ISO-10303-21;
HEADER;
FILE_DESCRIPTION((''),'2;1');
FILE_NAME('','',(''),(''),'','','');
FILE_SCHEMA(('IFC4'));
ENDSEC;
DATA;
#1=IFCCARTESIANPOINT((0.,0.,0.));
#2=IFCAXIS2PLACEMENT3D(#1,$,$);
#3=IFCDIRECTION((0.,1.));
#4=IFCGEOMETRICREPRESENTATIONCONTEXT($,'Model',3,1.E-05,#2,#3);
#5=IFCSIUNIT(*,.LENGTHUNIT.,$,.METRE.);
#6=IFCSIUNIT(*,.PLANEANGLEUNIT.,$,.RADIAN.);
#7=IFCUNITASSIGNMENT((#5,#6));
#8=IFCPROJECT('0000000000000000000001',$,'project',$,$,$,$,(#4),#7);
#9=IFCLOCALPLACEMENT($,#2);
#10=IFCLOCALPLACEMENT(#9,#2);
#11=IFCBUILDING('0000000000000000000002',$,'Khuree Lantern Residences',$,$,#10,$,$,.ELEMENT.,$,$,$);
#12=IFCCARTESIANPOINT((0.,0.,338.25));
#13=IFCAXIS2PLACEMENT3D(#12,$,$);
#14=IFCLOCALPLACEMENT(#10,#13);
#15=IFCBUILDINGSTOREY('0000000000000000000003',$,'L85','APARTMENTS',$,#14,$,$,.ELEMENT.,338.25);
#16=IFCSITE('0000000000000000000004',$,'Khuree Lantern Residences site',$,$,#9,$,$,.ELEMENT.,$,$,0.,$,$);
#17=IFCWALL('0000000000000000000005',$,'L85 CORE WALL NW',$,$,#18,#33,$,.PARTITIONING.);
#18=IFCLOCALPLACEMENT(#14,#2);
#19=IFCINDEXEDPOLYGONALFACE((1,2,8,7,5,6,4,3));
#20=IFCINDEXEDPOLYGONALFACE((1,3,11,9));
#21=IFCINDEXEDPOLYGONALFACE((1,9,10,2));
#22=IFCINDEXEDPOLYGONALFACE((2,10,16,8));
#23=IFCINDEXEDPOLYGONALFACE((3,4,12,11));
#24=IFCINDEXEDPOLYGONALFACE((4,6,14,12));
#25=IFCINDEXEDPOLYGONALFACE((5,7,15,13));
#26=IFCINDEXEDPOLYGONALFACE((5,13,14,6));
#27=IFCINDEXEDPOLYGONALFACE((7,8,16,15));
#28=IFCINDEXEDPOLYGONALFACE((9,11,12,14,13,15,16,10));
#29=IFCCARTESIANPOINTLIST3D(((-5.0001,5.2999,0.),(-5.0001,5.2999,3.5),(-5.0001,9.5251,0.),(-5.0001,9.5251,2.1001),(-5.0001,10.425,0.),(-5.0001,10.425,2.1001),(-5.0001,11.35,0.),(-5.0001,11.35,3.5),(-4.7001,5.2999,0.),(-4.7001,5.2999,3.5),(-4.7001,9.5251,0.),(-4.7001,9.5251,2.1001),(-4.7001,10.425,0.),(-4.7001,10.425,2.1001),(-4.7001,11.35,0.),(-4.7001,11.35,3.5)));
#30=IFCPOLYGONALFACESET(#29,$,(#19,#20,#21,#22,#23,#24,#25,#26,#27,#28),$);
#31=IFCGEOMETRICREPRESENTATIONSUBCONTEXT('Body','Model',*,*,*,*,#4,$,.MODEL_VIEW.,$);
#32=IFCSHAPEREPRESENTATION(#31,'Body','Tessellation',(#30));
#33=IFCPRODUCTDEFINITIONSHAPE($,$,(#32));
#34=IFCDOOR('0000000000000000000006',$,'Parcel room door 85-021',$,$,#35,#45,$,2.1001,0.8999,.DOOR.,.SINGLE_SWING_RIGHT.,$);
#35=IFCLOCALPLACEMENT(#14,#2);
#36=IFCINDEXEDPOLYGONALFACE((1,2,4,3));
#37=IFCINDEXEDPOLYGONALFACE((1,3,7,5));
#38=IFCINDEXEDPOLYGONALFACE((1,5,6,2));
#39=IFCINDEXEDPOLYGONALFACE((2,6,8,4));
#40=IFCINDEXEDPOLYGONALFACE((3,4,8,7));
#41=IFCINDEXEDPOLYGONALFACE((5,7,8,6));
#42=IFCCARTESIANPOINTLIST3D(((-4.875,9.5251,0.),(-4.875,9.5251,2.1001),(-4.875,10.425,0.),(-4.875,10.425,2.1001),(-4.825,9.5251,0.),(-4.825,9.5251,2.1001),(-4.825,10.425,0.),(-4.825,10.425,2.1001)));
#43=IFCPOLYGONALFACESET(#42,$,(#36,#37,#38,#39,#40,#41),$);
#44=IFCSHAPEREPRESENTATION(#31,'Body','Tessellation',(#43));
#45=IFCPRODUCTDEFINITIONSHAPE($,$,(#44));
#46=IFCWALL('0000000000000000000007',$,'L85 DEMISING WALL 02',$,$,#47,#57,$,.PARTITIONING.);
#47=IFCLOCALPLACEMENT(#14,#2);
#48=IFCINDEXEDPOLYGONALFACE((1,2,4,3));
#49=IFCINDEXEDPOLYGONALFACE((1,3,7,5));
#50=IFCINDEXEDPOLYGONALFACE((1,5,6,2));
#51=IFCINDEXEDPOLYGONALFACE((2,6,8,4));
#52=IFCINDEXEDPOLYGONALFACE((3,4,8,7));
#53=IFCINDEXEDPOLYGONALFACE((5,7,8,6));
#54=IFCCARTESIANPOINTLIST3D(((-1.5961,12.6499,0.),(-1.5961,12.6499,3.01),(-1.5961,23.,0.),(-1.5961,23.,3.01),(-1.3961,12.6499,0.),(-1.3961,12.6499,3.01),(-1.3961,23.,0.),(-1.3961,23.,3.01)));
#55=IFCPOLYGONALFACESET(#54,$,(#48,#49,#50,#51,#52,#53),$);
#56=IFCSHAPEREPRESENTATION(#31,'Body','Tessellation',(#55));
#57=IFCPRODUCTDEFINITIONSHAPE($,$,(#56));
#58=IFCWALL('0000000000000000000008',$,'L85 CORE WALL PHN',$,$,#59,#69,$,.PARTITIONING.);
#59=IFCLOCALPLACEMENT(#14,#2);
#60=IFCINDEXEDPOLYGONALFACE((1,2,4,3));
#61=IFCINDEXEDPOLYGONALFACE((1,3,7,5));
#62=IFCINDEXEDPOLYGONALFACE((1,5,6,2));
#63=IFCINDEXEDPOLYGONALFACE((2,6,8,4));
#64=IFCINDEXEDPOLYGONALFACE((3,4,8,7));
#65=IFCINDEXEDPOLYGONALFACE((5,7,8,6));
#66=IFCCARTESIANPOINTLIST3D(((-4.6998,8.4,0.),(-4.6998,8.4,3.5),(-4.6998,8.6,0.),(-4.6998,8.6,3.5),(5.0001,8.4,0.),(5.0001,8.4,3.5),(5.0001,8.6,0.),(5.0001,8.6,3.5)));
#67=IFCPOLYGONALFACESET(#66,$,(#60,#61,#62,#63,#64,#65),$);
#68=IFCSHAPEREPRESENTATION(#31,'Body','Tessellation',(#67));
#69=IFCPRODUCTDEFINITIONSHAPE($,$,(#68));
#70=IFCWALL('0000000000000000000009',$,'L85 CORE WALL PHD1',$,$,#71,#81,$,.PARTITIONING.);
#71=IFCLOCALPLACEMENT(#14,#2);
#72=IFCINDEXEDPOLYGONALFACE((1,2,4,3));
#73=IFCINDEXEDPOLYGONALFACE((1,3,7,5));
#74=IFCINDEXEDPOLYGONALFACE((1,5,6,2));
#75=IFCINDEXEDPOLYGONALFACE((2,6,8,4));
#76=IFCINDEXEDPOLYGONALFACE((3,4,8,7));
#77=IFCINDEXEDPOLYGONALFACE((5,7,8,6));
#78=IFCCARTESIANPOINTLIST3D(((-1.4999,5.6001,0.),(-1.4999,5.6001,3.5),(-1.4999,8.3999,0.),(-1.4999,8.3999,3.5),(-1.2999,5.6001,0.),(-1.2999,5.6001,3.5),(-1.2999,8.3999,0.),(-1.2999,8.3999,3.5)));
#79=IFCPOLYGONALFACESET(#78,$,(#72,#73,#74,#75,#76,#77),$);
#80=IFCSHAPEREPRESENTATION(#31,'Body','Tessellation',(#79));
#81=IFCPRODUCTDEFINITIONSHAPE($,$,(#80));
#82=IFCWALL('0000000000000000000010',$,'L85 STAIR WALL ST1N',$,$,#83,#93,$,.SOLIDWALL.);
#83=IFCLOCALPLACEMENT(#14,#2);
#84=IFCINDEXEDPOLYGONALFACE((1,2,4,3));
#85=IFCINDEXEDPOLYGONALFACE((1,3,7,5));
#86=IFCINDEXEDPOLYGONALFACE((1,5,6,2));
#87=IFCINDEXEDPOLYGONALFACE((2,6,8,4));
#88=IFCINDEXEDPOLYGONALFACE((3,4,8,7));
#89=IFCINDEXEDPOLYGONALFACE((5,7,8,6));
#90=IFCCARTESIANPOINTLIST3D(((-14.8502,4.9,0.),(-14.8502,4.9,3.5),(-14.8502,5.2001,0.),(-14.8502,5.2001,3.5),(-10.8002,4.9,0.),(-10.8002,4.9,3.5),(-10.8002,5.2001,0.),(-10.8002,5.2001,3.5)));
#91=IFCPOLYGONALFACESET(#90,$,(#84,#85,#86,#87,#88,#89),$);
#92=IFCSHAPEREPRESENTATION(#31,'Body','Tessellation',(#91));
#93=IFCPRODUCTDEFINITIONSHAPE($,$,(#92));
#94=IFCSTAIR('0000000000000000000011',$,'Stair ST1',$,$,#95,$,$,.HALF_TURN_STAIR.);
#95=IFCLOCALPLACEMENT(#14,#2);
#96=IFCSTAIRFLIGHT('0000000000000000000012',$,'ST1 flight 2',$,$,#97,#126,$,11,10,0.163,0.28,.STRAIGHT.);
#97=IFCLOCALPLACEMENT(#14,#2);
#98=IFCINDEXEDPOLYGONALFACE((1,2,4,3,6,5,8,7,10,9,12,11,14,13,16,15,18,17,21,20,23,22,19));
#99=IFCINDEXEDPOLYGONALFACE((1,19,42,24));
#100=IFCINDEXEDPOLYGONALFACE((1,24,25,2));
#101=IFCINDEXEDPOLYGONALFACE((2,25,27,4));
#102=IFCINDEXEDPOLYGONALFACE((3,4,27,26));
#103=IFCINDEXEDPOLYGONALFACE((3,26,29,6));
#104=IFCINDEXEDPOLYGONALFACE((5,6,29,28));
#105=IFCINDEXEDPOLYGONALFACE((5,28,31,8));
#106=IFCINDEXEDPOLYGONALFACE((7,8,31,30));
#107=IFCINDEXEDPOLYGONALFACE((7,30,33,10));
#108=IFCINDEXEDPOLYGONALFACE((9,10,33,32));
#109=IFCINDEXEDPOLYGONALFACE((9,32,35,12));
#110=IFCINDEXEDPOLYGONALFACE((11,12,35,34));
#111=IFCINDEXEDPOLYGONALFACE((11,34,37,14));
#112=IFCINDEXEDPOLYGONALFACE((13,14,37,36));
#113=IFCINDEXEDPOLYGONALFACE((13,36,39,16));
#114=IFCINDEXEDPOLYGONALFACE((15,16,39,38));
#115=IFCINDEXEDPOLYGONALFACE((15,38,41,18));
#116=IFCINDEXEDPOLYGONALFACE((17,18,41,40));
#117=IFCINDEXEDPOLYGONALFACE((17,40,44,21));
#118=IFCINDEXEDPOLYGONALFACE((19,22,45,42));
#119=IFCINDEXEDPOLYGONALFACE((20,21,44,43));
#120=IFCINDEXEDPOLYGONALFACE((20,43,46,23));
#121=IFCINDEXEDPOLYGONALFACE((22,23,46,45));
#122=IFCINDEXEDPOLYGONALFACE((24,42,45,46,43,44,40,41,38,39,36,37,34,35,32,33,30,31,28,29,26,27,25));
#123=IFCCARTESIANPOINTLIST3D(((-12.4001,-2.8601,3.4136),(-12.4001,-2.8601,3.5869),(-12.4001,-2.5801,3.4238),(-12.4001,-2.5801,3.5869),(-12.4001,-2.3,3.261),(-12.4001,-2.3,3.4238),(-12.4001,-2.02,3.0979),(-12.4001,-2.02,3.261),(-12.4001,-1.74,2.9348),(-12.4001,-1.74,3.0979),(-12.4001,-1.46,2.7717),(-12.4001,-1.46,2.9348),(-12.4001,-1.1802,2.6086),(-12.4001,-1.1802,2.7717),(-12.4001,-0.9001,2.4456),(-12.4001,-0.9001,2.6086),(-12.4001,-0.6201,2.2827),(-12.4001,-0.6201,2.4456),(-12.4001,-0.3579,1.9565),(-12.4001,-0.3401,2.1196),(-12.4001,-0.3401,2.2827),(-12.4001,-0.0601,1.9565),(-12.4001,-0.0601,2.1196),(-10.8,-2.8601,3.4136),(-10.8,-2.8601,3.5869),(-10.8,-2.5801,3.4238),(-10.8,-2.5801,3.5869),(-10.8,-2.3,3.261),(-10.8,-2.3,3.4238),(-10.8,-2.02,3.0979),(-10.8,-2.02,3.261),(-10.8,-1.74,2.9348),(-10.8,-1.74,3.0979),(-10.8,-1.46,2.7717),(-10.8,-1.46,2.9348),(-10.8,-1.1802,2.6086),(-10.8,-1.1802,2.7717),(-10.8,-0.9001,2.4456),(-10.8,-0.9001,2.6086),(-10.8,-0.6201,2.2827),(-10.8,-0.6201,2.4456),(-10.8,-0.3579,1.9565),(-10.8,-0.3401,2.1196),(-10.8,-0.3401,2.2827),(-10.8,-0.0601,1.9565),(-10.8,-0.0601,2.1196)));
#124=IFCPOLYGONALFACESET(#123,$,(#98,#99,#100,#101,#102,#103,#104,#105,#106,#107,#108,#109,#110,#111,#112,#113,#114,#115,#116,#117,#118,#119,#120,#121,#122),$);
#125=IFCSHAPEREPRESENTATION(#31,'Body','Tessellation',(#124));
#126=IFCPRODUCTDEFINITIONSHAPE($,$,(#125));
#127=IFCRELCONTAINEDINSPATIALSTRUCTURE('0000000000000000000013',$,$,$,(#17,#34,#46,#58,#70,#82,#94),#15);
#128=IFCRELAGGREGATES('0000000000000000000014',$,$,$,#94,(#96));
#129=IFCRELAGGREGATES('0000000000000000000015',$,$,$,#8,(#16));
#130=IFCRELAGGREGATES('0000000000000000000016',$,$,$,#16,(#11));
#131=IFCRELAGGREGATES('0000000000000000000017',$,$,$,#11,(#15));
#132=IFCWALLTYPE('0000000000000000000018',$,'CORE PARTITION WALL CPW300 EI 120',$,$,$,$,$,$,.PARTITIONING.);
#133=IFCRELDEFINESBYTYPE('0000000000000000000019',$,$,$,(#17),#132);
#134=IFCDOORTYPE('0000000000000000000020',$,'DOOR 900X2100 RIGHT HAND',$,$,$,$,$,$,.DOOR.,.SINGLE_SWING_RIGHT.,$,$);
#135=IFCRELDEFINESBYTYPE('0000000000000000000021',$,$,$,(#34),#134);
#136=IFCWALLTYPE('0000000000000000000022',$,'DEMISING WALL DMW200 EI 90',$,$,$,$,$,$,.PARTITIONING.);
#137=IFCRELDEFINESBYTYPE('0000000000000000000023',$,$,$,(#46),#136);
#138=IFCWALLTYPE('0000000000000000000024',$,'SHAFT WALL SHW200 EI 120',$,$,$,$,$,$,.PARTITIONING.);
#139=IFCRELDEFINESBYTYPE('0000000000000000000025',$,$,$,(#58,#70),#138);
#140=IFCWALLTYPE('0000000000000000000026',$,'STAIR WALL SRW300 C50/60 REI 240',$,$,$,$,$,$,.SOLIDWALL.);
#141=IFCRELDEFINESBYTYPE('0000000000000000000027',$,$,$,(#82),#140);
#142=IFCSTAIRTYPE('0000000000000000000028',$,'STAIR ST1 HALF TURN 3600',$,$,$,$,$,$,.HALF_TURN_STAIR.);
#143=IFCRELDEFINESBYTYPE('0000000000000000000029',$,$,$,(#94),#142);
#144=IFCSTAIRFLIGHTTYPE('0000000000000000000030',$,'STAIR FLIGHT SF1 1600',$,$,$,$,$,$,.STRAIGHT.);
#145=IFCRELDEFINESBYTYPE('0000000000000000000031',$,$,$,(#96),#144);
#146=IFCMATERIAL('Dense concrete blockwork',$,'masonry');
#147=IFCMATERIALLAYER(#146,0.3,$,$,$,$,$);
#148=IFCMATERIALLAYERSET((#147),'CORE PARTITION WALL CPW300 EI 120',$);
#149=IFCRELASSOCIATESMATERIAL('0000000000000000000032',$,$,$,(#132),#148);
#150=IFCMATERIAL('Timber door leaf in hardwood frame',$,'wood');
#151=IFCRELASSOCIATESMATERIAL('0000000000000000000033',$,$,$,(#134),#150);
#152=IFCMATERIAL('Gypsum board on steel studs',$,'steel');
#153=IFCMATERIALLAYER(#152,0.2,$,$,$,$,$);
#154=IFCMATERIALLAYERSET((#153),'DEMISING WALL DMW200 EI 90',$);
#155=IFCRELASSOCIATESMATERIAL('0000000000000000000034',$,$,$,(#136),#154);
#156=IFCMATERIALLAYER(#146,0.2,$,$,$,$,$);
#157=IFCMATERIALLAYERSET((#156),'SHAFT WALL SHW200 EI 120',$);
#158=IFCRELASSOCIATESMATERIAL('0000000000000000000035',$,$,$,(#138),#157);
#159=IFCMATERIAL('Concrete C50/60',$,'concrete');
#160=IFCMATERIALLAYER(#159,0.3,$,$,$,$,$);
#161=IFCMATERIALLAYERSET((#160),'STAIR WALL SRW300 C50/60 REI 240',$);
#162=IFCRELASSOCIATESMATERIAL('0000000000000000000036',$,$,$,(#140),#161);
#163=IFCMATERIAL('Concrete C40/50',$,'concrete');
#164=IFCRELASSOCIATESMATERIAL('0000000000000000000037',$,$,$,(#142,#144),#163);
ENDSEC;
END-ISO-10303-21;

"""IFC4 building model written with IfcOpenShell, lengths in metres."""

from ifc_helpers import new_model, si_unit, direction, frame, frame_2d, origin, place, context, subcontext, project, spatial, polyline, rectangle, outline, extrude, material, layer, layer_set, type_object, element, fill, aggregate, save


model = new_model("IFC4")

# Units and contexts
model_context = context("Model", 3, precision=1e-05, world=origin(), true_north=direction((0.0, 1.0)))
body_context = subcontext(model_context, "Body", "Model", "MODEL_VIEW")
ifc_project = project(units=[si_unit("LENGTHUNIT", "METRE"), si_unit("PLANEANGLEUNIT", "RADIAN")], contexts=[model_context])

# Site, building, storey
site_placement = place(None, origin())
site = spatial("IfcSite", under=ifc_project, at=site_placement, Name="Khuree Lantern Residences site", CompositionType="ELEMENT", RefElevation=0.0)
building_placement = place(site_placement, origin())
building = spatial("IfcBuilding", under=site, at=building_placement, Name="Khuree Lantern Residences", CompositionType="ELEMENT")
storey_placement = place(building_placement, frame((0.0, 0.0, 338.25)))
storey = spatial("IfcBuildingStorey", under=building, at=storey_placement, Name="L85", Description="APARTMENTS", CompositionType="ELEMENT", Elevation=338.25)

# Shared definitions
ifc_material_1 = material(Name="Dense concrete blockwork", Category="masonry")
ifc_layer_1 = layer(ifc_material_1, 0.3)
ifc_layer_set_1 = layer_set([ifc_layer_1], Name="CORE PARTITION WALL CPW300 EI 120")
wall_type_1 = type_object("IfcWallType", Name="CORE PARTITION WALL CPW300 EI 120", PredefinedType="PARTITIONING", material=ifc_layer_set_1)

# Shared definitions
ifc_material_2 = material(Name="Timber door leaf in hardwood frame", Category="wood")
door_type_1 = type_object("IfcDoorType", Name="DOOR 900X2100 RIGHT HAND", OperationType="SINGLE_SWING_RIGHT", PredefinedType="DOOR", material=ifc_material_2)

# Wall, opening, door
wall_1_placement = place(storey_placement, frame((-4.8501, 5.3, 0.0), z_axis=(0.0, 0.0, 1.0), x_axis=(0.0, 1.0, 0.0)))
wall_1 = element("IfcWall", 1, at=wall_1_placement, inside=storey, type_object=wall_type_1, Name="L85 CORE WALL NW", PredefinedType="PARTITIONING", context=body_context, shape_type="SweptSolid", body=[
    extrude(rectangle(XDim=6.05, YDim=0.3, at=frame_2d((3.0249, 0.0))), origin(), (0.0, 0.0, 1.0), 3.5),
])
opening_1_placement = place(wall_1_placement, frame((4.2251, 0.0, 0.0)))
opening_1 = element("IfcOpeningElement", 2, at=opening_1_placement, cuts=wall_1, PredefinedType="OPENING", context=body_context, shape_type="SweptSolid", body=[
    extrude(rectangle(XDim=0.8999, YDim=2.1001, at=frame_2d((0.45, 1.05))), frame((0.0, 0.1602, 0.0), z_axis=(0.0, -1.0, 0.0), x_axis=(1.0, 0.0, 0.0)), (0.0, 0.0, 1.0), 0.3201),
])
door_1_placement = place(opening_1_placement, origin())
door_1 = element("IfcDoor", 3, at=door_1_placement, inside=storey, type_object=door_type_1, Name="Parcel room door 85-021", OperationType="SINGLE_SWING_RIGHT", OverallHeight=2.1001, OverallWidth=0.8999, PredefinedType="DOOR", context=body_context, shape_type="SweptSolid", body=[
    extrude(rectangle(XDim=0.8999, YDim=2.1001, at=frame_2d((0.45, 1.05))), frame((0.0, 0.0249, 0.0), z_axis=(0.0, -1.0, 0.0), x_axis=(1.0, 0.0, 0.0)), (0.0, 0.0, 1.0), 0.05),
])
fill(opening_1, door_1)

# Walls
ifc_material_3 = material(Name="Gypsum board on steel studs", Category="steel")
ifc_layer_2 = layer(ifc_material_3, 0.2)
ifc_layer_set_2 = layer_set([ifc_layer_2], Name="DEMISING WALL DMW200 EI 90")
wall_type_2 = type_object("IfcWallType", Name="DEMISING WALL DMW200 EI 90", PredefinedType="PARTITIONING", material=ifc_layer_set_2)
wall_2_placement = place(storey_placement, frame((-1.4961, 12.6499, 0.0), z_axis=(0.0, 0.0, 1.0), x_axis=(0.0, 1.0, 0.0)))
element("IfcWall", 4, at=wall_2_placement, inside=storey, type_object=wall_type_2, Name="L85 DEMISING WALL 02", PredefinedType="PARTITIONING", context=body_context, shape_type="SweptSolid", body=[
    extrude(rectangle(XDim=10.3501, YDim=0.2, at=frame_2d((5.175, 0.0))), origin(), (0.0, 0.0, 1.0), 3.01),
])
ifc_layer_3 = layer(ifc_material_1, 0.2)
ifc_layer_set_3 = layer_set([ifc_layer_3], Name="SHAFT WALL SHW200 EI 120")
wall_type_3 = type_object("IfcWallType", Name="SHAFT WALL SHW200 EI 120", PredefinedType="PARTITIONING", material=ifc_layer_set_3)
wall_3_placement = place(storey_placement, frame((-4.7, 8.5, 0.0), z_axis=(0.0, 0.0, 1.0), x_axis=(1.0, 0.0, 0.0)))
element("IfcWall", 5, at=wall_3_placement, inside=storey, type_object=wall_type_3, Name="L85 CORE WALL PHN", PredefinedType="PARTITIONING", context=body_context, shape_type="SweptSolid", body=[
    extrude(rectangle(XDim=9.7, YDim=0.2, at=frame_2d((4.8501, 0.0))), origin(), (0.0, 0.0, 1.0), 3.5),
])
wall_4_placement = place(storey_placement, frame((-1.3999, 5.6001, 0.0), z_axis=(0.0, 0.0, 1.0), x_axis=(0.0, 1.0, 0.0)))
element("IfcWall", 6, at=wall_4_placement, inside=storey, type_object=wall_type_3, Name="L85 CORE WALL PHD1", PredefinedType="PARTITIONING", context=body_context, shape_type="SweptSolid", body=[
    extrude(rectangle(XDim=2.7998, YDim=0.2, at=frame_2d((1.3999, 0.0))), origin(), (0.0, 0.0, 1.0), 3.5),
])
ifc_material_4 = material(Name="Concrete C50/60", Category="concrete")
ifc_layer_4 = layer(ifc_material_4, 0.3)
ifc_layer_set_4 = layer_set([ifc_layer_4], Name="STAIR WALL SRW300 C50/60 REI 240")
wall_type_4 = type_object("IfcWallType", Name="STAIR WALL SRW300 C50/60 REI 240", PredefinedType="SOLIDWALL", material=ifc_layer_set_4)
wall_5_placement = place(storey_placement, frame((-14.8501, 5.05, 0.0), z_axis=(0.0, 0.0, 1.0), x_axis=(1.0, 0.0, 0.0)))
element("IfcWall", 7, at=wall_5_placement, inside=storey, type_object=wall_type_4, Name="L85 STAIR WALL ST1N", PredefinedType="SOLIDWALL", context=body_context, shape_type="SweptSolid", body=[
    extrude(rectangle(XDim=4.05, YDim=0.3, at=frame_2d((2.0249, 0.0))), origin(), (0.0, 0.0, 1.0), 3.5),
])

# Stair, stair flight
ifc_material_5 = material(Name="Concrete C40/50", Category="concrete")
stair_type = type_object("IfcStairType", Name="STAIR ST1 HALF TURN 3600", PredefinedType="HALF_TURN_STAIR", material=ifc_material_5)
stair_placement = place(storey_placement, origin())
stair = element("IfcStair", 8, at=stair_placement, inside=storey, type_object=stair_type, Name="Stair ST1", PredefinedType="HALF_TURN_STAIR")
stair_flight_type = type_object("IfcStairFlightType", Name="STAIR FLIGHT SF1 1600", PredefinedType="STRAIGHT", material=ifc_material_5)
stair_flight_placement = place(storey_placement, frame((-11.6001, -0.0601, 1.9565), z_axis=(0.0, 0.0, 1.0), x_axis=(0.0, -1.0, 0.0)))
stair_flight = element("IfcStairFlight", 9, at=stair_flight_placement, type_object=stair_flight_type, Name="ST1 flight 2", NumberOfRisers=11, NumberOfTreads=10, PredefinedType="STRAIGHT", RiserHeight=0.163, TreadLength=0.28, context=body_context, shape_type="SweptSolid", body=[
    extrude(outline(polyline([(0.0, 0.0), (0.0, 0.1631), (0.28, 0.1631), (0.28, 0.3262), (0.5601, 0.3262), (0.5601, 0.489), (0.8401, 0.489), (0.8401, 0.6521), (1.1201, 0.6521), (1.1201, 0.8152), (1.3999, 0.8152), (1.3999, 0.9783), (1.6799, 0.9783), (1.6799, 1.1414), (1.96, 1.1414), (1.96, 1.3044), (2.24, 1.3044), (2.24, 1.4673), (2.52, 1.4673), (2.52, 1.6304), (2.8, 1.6304), (2.8, 1.7935), (2.8, 1.457), (0.2979, 0.0), (0.0, 0.0)])), frame((0.0, 0.8, 0.0), z_axis=(0.0, -1.0, 0.0), x_axis=(1.0, 0.0, 0.0)), (0.0, 0.0, 1.0), 1.6001),
])
aggregate(stair, [stair_flight])

save(model, "model.ifc")
